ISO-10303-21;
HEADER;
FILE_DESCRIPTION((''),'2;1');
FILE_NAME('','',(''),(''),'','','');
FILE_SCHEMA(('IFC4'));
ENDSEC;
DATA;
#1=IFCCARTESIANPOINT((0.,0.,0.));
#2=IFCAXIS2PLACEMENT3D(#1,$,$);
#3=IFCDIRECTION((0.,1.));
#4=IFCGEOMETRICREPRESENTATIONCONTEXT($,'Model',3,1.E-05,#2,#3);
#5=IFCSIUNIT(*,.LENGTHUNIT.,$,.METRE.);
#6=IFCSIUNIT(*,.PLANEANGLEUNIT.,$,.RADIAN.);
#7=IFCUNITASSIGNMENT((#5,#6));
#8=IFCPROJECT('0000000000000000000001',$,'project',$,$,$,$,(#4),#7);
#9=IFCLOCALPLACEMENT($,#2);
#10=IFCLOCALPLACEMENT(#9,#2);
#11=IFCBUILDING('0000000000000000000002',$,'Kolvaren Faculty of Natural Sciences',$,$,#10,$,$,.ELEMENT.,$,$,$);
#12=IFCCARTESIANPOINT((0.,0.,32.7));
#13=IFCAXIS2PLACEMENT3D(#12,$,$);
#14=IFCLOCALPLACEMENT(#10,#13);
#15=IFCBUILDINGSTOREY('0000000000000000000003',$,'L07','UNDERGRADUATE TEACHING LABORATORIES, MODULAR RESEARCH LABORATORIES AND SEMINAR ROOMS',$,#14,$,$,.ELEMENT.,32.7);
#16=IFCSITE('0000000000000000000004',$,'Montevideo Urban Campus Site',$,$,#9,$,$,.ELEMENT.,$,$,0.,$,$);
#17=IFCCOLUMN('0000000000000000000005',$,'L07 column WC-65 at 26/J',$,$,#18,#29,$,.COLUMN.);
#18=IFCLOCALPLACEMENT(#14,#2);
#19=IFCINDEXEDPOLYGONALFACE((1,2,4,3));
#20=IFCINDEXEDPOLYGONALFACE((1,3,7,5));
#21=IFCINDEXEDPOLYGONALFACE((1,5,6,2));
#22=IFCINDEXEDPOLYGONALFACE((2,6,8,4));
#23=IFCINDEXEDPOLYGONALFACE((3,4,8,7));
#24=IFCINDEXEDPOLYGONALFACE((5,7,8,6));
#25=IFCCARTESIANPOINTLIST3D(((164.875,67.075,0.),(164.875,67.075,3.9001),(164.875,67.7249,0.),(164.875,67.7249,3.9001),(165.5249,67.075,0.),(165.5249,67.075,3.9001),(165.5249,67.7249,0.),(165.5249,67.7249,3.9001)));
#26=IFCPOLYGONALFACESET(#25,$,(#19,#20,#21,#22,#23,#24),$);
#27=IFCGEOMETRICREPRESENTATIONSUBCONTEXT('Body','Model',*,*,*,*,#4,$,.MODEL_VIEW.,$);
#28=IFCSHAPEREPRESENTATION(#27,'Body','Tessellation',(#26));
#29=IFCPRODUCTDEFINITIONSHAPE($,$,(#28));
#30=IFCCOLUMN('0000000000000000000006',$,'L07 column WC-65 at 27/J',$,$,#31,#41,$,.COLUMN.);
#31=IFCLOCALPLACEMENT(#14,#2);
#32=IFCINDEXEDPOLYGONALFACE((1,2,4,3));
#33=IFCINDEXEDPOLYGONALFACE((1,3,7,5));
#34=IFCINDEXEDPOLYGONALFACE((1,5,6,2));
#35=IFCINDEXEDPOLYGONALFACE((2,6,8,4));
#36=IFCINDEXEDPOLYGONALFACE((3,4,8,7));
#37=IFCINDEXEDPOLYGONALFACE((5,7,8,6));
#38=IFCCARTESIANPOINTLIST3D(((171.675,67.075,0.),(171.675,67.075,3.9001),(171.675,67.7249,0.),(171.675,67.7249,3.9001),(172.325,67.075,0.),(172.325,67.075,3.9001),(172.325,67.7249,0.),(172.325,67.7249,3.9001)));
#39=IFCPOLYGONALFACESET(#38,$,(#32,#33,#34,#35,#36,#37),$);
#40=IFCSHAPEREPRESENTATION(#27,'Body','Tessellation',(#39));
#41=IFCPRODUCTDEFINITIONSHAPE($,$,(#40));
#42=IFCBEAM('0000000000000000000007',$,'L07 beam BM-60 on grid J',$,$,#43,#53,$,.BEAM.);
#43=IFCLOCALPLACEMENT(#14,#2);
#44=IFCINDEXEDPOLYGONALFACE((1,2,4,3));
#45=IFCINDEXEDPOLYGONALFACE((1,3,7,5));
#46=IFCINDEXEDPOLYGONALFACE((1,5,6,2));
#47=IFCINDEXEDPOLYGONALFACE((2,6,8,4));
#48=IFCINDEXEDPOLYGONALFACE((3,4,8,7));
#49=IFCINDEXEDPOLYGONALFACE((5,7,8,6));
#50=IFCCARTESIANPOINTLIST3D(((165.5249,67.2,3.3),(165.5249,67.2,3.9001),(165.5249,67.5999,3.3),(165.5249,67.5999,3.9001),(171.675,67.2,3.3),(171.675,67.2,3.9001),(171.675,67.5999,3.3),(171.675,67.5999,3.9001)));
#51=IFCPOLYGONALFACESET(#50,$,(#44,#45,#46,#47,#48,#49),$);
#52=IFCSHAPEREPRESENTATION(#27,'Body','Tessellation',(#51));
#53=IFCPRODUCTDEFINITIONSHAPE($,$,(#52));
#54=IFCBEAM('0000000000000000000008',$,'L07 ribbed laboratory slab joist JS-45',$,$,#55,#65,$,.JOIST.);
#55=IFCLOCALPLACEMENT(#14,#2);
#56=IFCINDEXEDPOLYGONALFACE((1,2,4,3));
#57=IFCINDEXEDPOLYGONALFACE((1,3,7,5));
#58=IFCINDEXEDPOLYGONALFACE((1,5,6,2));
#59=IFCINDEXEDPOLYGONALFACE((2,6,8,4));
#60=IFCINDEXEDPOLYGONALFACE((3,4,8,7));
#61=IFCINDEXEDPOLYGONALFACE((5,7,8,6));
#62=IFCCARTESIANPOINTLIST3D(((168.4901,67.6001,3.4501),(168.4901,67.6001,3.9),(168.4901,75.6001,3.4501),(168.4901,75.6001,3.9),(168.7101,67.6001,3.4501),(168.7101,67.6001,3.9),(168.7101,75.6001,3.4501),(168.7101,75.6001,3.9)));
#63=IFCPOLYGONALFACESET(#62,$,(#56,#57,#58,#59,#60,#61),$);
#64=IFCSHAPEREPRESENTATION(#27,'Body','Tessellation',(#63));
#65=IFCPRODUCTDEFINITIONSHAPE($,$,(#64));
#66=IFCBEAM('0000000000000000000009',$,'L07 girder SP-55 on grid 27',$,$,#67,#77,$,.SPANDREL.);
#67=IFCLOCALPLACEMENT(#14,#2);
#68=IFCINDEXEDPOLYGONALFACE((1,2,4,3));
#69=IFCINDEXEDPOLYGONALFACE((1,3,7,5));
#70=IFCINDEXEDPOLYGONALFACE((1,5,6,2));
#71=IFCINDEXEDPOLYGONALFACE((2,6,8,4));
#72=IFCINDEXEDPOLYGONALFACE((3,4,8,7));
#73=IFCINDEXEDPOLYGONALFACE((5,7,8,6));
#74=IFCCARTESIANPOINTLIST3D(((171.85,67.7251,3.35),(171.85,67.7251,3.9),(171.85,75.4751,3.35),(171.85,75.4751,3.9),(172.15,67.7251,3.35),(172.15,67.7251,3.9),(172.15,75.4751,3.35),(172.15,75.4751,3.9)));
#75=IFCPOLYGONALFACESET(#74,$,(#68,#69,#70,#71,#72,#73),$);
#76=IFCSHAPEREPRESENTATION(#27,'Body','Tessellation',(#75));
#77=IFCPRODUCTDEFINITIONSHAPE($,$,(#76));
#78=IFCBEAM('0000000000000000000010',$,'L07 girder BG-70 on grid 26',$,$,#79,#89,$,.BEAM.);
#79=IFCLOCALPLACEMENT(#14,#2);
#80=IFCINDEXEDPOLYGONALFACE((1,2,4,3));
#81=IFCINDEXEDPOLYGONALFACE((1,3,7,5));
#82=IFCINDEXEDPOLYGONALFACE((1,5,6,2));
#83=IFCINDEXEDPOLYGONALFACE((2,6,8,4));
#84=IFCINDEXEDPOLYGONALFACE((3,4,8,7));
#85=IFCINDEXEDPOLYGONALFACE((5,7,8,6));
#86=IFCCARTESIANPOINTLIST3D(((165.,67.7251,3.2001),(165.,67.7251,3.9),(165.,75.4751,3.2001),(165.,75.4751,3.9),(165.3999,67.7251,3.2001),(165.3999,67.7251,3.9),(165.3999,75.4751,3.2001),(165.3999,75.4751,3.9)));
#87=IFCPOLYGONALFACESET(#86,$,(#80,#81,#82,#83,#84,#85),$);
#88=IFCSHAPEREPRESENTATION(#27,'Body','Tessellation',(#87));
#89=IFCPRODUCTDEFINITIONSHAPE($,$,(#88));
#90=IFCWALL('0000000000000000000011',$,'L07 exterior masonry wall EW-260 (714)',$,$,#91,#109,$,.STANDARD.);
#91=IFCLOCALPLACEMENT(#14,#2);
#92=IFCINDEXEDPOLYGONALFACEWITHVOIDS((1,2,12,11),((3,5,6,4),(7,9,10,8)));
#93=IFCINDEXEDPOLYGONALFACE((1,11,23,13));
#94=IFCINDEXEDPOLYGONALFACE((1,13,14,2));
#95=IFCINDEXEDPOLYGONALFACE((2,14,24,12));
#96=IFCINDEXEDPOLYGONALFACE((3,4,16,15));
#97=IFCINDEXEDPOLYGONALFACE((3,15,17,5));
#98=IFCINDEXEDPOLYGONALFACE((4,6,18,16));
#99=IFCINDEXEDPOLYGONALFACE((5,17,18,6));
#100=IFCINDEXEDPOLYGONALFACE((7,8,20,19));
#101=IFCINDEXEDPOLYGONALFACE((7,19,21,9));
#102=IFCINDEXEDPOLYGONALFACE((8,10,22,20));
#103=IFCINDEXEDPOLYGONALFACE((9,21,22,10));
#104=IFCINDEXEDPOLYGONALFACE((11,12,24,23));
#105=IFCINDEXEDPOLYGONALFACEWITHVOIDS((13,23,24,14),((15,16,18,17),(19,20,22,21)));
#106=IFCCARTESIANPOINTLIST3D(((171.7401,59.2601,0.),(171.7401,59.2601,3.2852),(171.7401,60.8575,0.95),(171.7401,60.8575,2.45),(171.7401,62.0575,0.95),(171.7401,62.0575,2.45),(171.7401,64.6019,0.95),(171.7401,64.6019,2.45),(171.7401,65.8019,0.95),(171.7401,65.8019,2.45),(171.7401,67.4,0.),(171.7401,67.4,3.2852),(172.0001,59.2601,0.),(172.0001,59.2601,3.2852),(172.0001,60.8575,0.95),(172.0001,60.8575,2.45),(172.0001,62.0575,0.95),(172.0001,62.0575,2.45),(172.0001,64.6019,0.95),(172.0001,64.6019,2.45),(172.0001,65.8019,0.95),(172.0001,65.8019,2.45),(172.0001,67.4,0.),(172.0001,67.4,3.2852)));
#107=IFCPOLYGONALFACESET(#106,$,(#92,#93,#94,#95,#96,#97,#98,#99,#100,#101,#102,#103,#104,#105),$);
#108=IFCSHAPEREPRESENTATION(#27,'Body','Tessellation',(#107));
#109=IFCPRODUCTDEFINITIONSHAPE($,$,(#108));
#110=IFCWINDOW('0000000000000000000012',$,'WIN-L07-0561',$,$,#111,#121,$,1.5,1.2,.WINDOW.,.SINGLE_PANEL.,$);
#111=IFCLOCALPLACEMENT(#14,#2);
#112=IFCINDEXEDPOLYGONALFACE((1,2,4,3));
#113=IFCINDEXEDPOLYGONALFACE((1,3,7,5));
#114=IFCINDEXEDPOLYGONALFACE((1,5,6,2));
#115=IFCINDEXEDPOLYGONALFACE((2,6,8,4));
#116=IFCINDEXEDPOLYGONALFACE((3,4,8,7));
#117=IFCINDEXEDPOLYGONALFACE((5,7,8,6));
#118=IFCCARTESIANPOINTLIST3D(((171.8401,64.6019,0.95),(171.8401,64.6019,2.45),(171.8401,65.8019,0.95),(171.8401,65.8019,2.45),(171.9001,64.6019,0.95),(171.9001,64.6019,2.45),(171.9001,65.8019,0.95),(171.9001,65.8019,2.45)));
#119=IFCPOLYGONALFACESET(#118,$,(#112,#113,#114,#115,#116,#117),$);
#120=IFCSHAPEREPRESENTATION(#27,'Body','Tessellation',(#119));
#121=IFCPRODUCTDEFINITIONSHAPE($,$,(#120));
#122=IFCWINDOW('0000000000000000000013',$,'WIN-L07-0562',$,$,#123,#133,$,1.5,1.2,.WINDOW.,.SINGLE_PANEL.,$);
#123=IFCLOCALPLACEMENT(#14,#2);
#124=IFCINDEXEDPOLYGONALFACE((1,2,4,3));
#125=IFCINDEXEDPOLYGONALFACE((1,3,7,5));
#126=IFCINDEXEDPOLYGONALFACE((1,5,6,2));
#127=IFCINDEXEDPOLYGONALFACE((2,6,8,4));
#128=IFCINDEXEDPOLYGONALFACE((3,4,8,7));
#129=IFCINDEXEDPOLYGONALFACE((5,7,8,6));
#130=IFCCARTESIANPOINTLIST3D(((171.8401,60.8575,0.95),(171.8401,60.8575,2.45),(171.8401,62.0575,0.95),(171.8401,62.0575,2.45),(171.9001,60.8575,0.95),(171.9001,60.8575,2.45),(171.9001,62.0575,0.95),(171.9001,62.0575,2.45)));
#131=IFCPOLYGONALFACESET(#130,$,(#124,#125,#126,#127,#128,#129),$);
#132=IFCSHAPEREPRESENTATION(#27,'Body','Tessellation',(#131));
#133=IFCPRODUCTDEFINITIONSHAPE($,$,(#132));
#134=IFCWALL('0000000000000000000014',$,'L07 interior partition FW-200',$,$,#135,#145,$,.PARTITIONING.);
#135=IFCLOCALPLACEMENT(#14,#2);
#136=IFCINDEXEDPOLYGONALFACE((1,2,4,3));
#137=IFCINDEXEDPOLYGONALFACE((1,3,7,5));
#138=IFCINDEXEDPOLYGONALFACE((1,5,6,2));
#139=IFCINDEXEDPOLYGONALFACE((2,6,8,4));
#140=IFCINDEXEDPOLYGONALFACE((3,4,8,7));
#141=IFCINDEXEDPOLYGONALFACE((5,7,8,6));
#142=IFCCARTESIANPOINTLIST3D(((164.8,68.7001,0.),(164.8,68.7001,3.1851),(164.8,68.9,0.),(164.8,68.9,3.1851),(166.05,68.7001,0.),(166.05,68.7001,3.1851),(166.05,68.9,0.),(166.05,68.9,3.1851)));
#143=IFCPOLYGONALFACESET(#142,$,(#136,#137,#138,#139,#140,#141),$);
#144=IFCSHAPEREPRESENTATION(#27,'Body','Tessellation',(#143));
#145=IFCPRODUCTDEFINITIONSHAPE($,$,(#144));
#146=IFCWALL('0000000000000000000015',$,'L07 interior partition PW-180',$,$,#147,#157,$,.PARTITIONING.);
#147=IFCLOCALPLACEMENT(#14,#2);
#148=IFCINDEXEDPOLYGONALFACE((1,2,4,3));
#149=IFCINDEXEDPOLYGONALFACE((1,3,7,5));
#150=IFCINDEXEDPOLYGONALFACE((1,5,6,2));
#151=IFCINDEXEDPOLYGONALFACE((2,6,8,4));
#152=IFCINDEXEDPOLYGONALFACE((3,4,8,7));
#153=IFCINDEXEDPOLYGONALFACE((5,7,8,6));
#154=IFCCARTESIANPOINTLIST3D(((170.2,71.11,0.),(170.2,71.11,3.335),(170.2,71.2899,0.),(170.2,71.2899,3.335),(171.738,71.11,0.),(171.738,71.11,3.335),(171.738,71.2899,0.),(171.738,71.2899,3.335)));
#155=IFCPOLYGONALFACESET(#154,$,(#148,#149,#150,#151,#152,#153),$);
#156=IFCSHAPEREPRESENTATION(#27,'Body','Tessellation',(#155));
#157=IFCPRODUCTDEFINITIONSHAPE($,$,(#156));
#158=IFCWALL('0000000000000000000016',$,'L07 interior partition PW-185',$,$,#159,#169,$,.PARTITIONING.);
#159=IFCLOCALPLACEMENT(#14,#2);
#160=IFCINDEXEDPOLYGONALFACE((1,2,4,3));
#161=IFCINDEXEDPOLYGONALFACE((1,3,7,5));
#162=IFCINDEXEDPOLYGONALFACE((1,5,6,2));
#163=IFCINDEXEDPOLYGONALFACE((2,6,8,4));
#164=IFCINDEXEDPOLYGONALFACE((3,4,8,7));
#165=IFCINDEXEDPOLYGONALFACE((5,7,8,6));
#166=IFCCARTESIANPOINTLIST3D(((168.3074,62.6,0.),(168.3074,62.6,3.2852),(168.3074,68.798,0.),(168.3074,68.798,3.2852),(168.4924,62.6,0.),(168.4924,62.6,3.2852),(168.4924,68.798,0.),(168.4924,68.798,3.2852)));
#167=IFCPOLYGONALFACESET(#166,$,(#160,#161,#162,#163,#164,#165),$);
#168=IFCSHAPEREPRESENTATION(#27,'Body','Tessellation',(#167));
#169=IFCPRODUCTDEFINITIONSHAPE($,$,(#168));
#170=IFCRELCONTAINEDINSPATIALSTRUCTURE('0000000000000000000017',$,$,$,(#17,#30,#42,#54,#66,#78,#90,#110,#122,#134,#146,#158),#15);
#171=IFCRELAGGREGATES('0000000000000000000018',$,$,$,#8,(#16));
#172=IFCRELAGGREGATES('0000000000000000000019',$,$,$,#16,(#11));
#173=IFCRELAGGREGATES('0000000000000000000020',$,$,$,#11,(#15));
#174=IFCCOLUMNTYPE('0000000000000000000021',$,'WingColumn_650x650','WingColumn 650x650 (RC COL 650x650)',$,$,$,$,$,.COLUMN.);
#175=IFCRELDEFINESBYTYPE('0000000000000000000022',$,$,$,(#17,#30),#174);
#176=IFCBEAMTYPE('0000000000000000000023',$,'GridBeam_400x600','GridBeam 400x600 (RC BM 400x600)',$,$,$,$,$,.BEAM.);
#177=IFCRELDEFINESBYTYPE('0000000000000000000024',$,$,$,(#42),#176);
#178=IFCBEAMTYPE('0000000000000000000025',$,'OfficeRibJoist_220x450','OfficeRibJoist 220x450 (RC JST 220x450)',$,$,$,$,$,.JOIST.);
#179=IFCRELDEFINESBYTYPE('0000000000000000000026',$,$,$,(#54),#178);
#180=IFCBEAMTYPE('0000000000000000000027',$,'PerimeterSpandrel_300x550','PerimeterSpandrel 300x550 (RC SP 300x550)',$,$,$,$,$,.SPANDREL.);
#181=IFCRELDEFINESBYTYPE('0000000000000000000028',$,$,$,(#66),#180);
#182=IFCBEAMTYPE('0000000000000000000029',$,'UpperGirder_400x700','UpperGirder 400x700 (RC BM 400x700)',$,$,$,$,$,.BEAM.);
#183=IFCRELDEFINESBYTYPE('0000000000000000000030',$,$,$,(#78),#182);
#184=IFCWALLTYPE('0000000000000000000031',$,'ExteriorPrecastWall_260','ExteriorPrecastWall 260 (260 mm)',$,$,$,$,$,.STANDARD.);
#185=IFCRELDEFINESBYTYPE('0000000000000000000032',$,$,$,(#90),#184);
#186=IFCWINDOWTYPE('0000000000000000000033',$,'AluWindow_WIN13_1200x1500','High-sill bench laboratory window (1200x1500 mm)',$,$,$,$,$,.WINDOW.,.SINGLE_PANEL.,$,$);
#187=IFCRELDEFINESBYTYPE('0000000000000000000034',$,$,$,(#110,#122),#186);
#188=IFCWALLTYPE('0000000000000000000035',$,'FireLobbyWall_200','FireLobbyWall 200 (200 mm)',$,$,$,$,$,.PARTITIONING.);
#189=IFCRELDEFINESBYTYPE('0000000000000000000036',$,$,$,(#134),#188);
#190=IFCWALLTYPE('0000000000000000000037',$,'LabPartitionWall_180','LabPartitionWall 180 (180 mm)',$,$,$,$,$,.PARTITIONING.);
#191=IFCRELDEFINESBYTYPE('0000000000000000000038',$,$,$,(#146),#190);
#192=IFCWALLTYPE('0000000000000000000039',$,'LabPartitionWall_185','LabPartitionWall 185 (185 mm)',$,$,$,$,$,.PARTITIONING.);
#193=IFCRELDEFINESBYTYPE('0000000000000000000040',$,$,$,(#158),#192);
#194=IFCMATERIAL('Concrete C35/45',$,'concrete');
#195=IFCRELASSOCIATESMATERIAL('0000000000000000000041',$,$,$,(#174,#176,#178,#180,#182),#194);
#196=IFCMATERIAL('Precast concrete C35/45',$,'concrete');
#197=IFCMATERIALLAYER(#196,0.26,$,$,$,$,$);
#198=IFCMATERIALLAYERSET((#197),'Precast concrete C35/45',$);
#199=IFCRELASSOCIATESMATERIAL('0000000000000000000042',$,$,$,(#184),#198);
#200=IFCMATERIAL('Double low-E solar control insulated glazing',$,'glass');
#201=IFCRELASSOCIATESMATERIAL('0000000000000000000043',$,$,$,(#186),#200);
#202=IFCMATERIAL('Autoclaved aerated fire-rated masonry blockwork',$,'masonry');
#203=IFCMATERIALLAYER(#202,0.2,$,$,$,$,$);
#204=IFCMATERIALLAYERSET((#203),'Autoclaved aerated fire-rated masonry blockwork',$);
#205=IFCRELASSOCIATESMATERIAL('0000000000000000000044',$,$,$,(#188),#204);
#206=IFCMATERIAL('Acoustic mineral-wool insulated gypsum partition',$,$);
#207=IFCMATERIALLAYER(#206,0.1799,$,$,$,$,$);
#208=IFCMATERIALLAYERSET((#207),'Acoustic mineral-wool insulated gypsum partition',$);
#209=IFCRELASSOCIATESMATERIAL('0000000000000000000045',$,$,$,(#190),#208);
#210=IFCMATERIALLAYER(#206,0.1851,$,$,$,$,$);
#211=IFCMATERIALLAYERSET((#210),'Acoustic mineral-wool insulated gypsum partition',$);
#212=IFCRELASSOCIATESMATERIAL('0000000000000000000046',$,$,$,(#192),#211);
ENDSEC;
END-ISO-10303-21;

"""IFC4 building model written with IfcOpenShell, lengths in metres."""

from ifc_helpers import new_model, si_unit, direction, frame, frame_2d, origin, origin_2d, place, context, subcontext, project, spatial, rectangle, extrude, material, layer, layer_set, material_profile, profile_set, type_object, element, fill, save


model = new_model("IFC4")

# Units and contexts
model_context = context("Model", 3, precision=1e-05, world=origin(), true_north=direction((0.0, 1.0)))
body_context = subcontext(model_context, "Body", "Model", "MODEL_VIEW")
ifc_project = project(units=[si_unit("LENGTHUNIT", "METRE"), si_unit("PLANEANGLEUNIT", "RADIAN")], contexts=[model_context])

# Site, building, storey
site_placement = place(None, origin())
site = spatial("IfcSite", under=ifc_project, at=site_placement, Name="Montevideo Urban Campus Site", CompositionType="ELEMENT", RefElevation=0.0)
building_placement = place(site_placement, origin())
building = spatial("IfcBuilding", under=site, at=building_placement, Name="Kolvaren Faculty of Natural Sciences", CompositionType="ELEMENT")
storey_placement = place(building_placement, frame((0.0, 0.0, 32.7)))
storey = spatial("IfcBuildingStorey", under=building, at=storey_placement, Name="L07", Description="UNDERGRADUATE TEACHING LABORATORIES, MODULAR RESEARCH LABORATORIES AND SEMINAR ROOMS", CompositionType="ELEMENT", Elevation=32.7)

# Columns
ifc_material_1 = material(Name="Concrete C35/45", Category="concrete")
ifc_material_profile_1 = material_profile(ifc_material_1, rectangle(XDim=0.6499, YDim=0.6499, at=origin_2d()), Name="RC COL 650x650")
ifc_profile_set_1 = profile_set([ifc_material_profile_1], Name="Concrete C35/45")
column_type = type_object("IfcColumnType", Name="WingColumn_650x650", Description="WingColumn 650x650 (RC COL 650x650)", PredefinedType="COLUMN", material=ifc_profile_set_1)
for number, where, z_axis, x_axis, name in (
    (1, (165.2, 67.3999, 0.0), (0.0, 0.0, 1.0), (1.0, 0.0, 0.0), "L07 column WC-65 at 26/J"),
    (2, (172.0, 67.3999, 0.0), (0.0, 0.0, 1.0), (1.0, 0.0, 0.0), "L07 column WC-65 at 27/J"),
):
    element("IfcColumn", number, at=place(storey_placement, frame(where, z_axis=z_axis, x_axis=x_axis)), inside=storey, type_object=column_type, Name=name, PredefinedType="COLUMN", context=body_context, shape_type="SweptSolid", body=[
        extrude(rectangle(XDim=0.6499, YDim=0.6499, at=origin_2d()), origin(), (0.0, 0.0, 1.0), 3.9001),
    ])

# Beams
ifc_material_profile_2 = material_profile(ifc_material_1, rectangle(XDim=0.3999, YDim=0.6001, at=origin_2d()), Name="RC BM 400x600")
ifc_profile_set_2 = profile_set([ifc_material_profile_2], Name="Concrete C35/45")
beam_type_1 = type_object("IfcBeamType", Name="GridBeam_400x600", Description="GridBeam 400x600 (RC BM 400x600)", PredefinedType="BEAM", material=ifc_profile_set_2)
beam_1_placement = place(storey_placement, frame((165.5249, 67.3999, 3.6001), z_axis=(1.0, 0.0, 0.0), x_axis=(0.0, 1.0, 0.0)))
element("IfcBeam", 3, at=beam_1_placement, inside=storey, type_object=beam_type_1, Name="L07 beam BM-60 on grid J", PredefinedType="BEAM", context=body_context, shape_type="SweptSolid", body=[
    extrude(rectangle(XDim=0.3999, YDim=0.6001, at=origin_2d()), origin(), (0.0, 0.0, 1.0), 6.1501),
])
ifc_material_profile_3 = material_profile(ifc_material_1, rectangle(XDim=0.22, YDim=0.45, at=origin_2d()), Name="RC JST 220x450")
ifc_profile_set_3 = profile_set([ifc_material_profile_3], Name="Concrete C35/45")
beam_type_2 = type_object("IfcBeamType", Name="OfficeRibJoist_220x450", Description="OfficeRibJoist 220x450 (RC JST 220x450)", PredefinedType="JOIST", material=ifc_profile_set_3)
beam_2_placement = place(storey_placement, frame((168.6001, 67.6001, 3.675), z_axis=(0.0, 1.0, 0.0), x_axis=(-1.0, 0.0, 0.0)))
element("IfcBeam", 4, at=beam_2_placement, inside=storey, type_object=beam_type_2, Name="L07 ribbed laboratory slab joist JS-45", PredefinedType="JOIST", context=body_context, shape_type="SweptSolid", body=[
    extrude(rectangle(XDim=0.22, YDim=0.45, at=origin_2d()), origin(), (0.0, 0.0, 1.0), 8.0),
])
ifc_material_profile_4 = material_profile(ifc_material_1, rectangle(XDim=0.3, YDim=0.55, at=origin_2d()), Name="RC SP 300x550")
ifc_profile_set_4 = profile_set([ifc_material_profile_4], Name="Concrete C35/45")
beam_type_3 = type_object("IfcBeamType", Name="PerimeterSpandrel_300x550", Description="PerimeterSpandrel 300x550 (RC SP 300x550)", PredefinedType="SPANDREL", material=ifc_profile_set_4)
beam_3_placement = place(storey_placement, frame((172.0, 67.7251, 3.625), z_axis=(0.0, 1.0, 0.0), x_axis=(-1.0, 0.0, 0.0)))
element("IfcBeam", 5, at=beam_3_placement, inside=storey, type_object=beam_type_3, Name="L07 girder SP-55 on grid 27", PredefinedType="SPANDREL", context=body_context, shape_type="SweptSolid", body=[
    extrude(rectangle(XDim=0.3, YDim=0.55, at=origin_2d()), origin(), (0.0, 0.0, 1.0), 7.75),
])
ifc_material_profile_5 = material_profile(ifc_material_1, rectangle(XDim=0.3999, YDim=0.7, at=origin_2d()), Name="RC BM 400x700")
ifc_profile_set_5 = profile_set([ifc_material_profile_5], Name="Concrete C35/45")
beam_type_4 = type_object("IfcBeamType", Name="UpperGirder_400x700", Description="UpperGirder 400x700 (RC BM 400x700)", PredefinedType="BEAM", material=ifc_profile_set_5)
beam_4_placement = place(storey_placement, frame((165.2, 67.7251, 3.55), z_axis=(0.0, 1.0, 0.0), x_axis=(-1.0, 0.0, 0.0)))
element("IfcBeam", 6, at=beam_4_placement, inside=storey, type_object=beam_type_4, Name="L07 girder BG-70 on grid 26", PredefinedType="BEAM", context=body_context, shape_type="SweptSolid", body=[
    extrude(rectangle(XDim=0.3999, YDim=0.7, at=origin_2d()), origin(), (0.0, 0.0, 1.0), 7.75),
])

# Wall, openings, windows
ifc_material_2 = material(Name="Precast concrete C35/45", Category="concrete")
ifc_layer_1 = layer(ifc_material_2, 0.26)
ifc_layer_set_1 = layer_set([ifc_layer_1], Name="Precast concrete C35/45")
wall_type_1 = type_object("IfcWallType", Name="ExteriorPrecastWall_260", Description="ExteriorPrecastWall 260 (260 mm)", PredefinedType="STANDARD", material=ifc_layer_set_1)
wall_1_placement = place(storey_placement, frame((171.8701, 67.3999, 0.0), z_axis=(0.0, 0.0, 1.0), x_axis=(0.0, -1.0, 0.0)))
wall_1 = element("IfcWall", 7, at=wall_1_placement, inside=storey, type_object=wall_type_1, Name="L07 exterior masonry wall EW-260 (714)", PredefinedType="STANDARD", context=body_context, shape_type="SweptSolid", body=[
    extrude(rectangle(XDim=8.1399, YDim=0.26, at=frame_2d((4.0698, 0.0))), origin(), (0.0, 0.0, 1.0), 3.2852),
])
opening_1_placement = place(wall_1_placement, frame((1.5979, 0.0, 0.95)))
opening_1 = element("IfcOpeningElement", 8, at=opening_1_placement, cuts=wall_1, PredefinedType="OPENING", context=body_context, shape_type="SweptSolid", body=[
    extrude(rectangle(XDim=1.2, YDim=1.5, at=frame_2d((0.6001, 0.75))), frame((0.0, 0.1399, 0.0), z_axis=(0.0, -1.0, 0.0), x_axis=(1.0, 0.0, 0.0)), (0.0, 0.0, 1.0), 0.28),
])
opening_2_placement = place(wall_1_placement, frame((5.3423, 0.0, 0.95)))
opening_2 = element("IfcOpeningElement", 9, at=opening_2_placement, cuts=wall_1, PredefinedType="OPENING", context=body_context, shape_type="SweptSolid", body=[
    extrude(rectangle(XDim=1.2, YDim=1.5, at=frame_2d((0.6001, 0.75))), frame((0.0, 0.1399, 0.0), z_axis=(0.0, -1.0, 0.0), x_axis=(1.0, 0.0, 0.0)), (0.0, 0.0, 1.0), 0.28),
])
ifc_material_3 = material(Name="Double low-E solar control insulated glazing", Category="glass")
window_type = type_object("IfcWindowType", Name="AluWindow_WIN13_1200x1500", Description="High-sill bench laboratory window (1200x1500 mm)", PartitioningType="SINGLE_PANEL", PredefinedType="WINDOW", material=ifc_material_3)
window_1_placement = place(opening_1_placement, origin())
window_1 = element("IfcWindow", 10, at=window_1_placement, inside=storey, type_object=window_type, Name="WIN-L07-0561", OverallHeight=1.5, OverallWidth=1.2, PartitioningType="SINGLE_PANEL", PredefinedType="WINDOW", context=body_context, shape_type="SweptSolid", body=[
    extrude(rectangle(XDim=1.2, YDim=1.5, at=frame_2d((0.6001, 0.75))), frame((0.0, 0.03, 0.0), z_axis=(0.0, -1.0, 0.0), x_axis=(1.0, 0.0, 0.0)), (0.0, 0.0, 1.0), 0.0601),
])
fill(opening_1, window_1)
window_2_placement = place(opening_2_placement, origin())
window_2 = element("IfcWindow", 11, at=window_2_placement, inside=storey, type_object=window_type, Name="WIN-L07-0562", OverallHeight=1.5, OverallWidth=1.2, PartitioningType="SINGLE_PANEL", PredefinedType="WINDOW", context=body_context, shape_type="SweptSolid", body=[
    extrude(rectangle(XDim=1.2, YDim=1.5, at=frame_2d((0.6001, 0.75))), frame((0.0, 0.03, 0.0), z_axis=(0.0, -1.0, 0.0), x_axis=(1.0, 0.0, 0.0)), (0.0, 0.0, 1.0), 0.0601),
])
fill(opening_2, window_2)

# Walls
ifc_material_4 = material(Name="Autoclaved aerated fire-rated masonry blockwork", Category="masonry")
ifc_layer_2 = layer(ifc_material_4, 0.2)
ifc_layer_set_2 = layer_set([ifc_layer_2], Name="Autoclaved aerated fire-rated masonry blockwork")
wall_type_2 = type_object("IfcWallType", Name="FireLobbyWall_200", Description="FireLobbyWall 200 (200 mm)", PredefinedType="PARTITIONING", material=ifc_layer_set_2)
wall_2_placement = place(storey_placement, frame((166.05, 68.8, 0.0), z_axis=(0.0, 0.0, 1.0), x_axis=(-1.0, 0.0, 0.0)))
element("IfcWall", 12, at=wall_2_placement, inside=storey, type_object=wall_type_2, Name="L07 interior partition FW-200", PredefinedType="PARTITIONING", context=body_context, shape_type="SweptSolid", body=[
    extrude(rectangle(XDim=1.25, YDim=0.2, at=frame_2d((0.625, 0.0))), origin(), (0.0, 0.0, 1.0), 3.1851),
])
ifc_material_5 = material(Name="Acoustic mineral-wool insulated gypsum partition")
ifc_layer_3 = layer(ifc_material_5, 0.1799)
ifc_layer_set_3 = layer_set([ifc_layer_3], Name="Acoustic mineral-wool insulated gypsum partition")
wall_type_3 = type_object("IfcWallType", Name="LabPartitionWall_180", Description="LabPartitionWall 180 (180 mm)", PredefinedType="PARTITIONING", material=ifc_layer_set_3)
wall_3_placement = place(storey_placement, frame((170.2, 71.2, 0.0), z_axis=(0.0, 0.0, 1.0), x_axis=(1.0, 0.0, 0.0)))
element("IfcWall", 13, at=wall_3_placement, inside=storey, type_object=wall_type_3, Name="L07 interior partition PW-180", PredefinedType="PARTITIONING", context=body_context, shape_type="SweptSolid", body=[
    extrude(rectangle(XDim=1.5381, YDim=0.1799, at=frame_2d((0.769, 0.0))), origin(), (0.0, 0.0, 1.0), 3.335),
])
ifc_layer_4 = layer(ifc_material_5, 0.1851)
ifc_layer_set_4 = layer_set([ifc_layer_4], Name="Acoustic mineral-wool insulated gypsum partition")
wall_type_4 = type_object("IfcWallType", Name="LabPartitionWall_185", Description="LabPartitionWall 185 (185 mm)", PredefinedType="PARTITIONING", material=ifc_layer_set_4)
wall_4_placement = place(storey_placement, frame((168.3999, 68.7981, 0.0), z_axis=(0.0, 0.0, 1.0), x_axis=(0.0, -1.0, 0.0)))
element("IfcWall", 14, at=wall_4_placement, inside=storey, type_object=wall_type_4, Name="L07 interior partition PW-185", PredefinedType="PARTITIONING", context=body_context, shape_type="SweptSolid", body=[
    extrude(rectangle(XDim=6.198, YDim=0.1851, at=frame_2d((3.0991, 0.0))), origin(), (0.0, 0.0, 1.0), 3.2852),
])

save(model, "model.ifc")
